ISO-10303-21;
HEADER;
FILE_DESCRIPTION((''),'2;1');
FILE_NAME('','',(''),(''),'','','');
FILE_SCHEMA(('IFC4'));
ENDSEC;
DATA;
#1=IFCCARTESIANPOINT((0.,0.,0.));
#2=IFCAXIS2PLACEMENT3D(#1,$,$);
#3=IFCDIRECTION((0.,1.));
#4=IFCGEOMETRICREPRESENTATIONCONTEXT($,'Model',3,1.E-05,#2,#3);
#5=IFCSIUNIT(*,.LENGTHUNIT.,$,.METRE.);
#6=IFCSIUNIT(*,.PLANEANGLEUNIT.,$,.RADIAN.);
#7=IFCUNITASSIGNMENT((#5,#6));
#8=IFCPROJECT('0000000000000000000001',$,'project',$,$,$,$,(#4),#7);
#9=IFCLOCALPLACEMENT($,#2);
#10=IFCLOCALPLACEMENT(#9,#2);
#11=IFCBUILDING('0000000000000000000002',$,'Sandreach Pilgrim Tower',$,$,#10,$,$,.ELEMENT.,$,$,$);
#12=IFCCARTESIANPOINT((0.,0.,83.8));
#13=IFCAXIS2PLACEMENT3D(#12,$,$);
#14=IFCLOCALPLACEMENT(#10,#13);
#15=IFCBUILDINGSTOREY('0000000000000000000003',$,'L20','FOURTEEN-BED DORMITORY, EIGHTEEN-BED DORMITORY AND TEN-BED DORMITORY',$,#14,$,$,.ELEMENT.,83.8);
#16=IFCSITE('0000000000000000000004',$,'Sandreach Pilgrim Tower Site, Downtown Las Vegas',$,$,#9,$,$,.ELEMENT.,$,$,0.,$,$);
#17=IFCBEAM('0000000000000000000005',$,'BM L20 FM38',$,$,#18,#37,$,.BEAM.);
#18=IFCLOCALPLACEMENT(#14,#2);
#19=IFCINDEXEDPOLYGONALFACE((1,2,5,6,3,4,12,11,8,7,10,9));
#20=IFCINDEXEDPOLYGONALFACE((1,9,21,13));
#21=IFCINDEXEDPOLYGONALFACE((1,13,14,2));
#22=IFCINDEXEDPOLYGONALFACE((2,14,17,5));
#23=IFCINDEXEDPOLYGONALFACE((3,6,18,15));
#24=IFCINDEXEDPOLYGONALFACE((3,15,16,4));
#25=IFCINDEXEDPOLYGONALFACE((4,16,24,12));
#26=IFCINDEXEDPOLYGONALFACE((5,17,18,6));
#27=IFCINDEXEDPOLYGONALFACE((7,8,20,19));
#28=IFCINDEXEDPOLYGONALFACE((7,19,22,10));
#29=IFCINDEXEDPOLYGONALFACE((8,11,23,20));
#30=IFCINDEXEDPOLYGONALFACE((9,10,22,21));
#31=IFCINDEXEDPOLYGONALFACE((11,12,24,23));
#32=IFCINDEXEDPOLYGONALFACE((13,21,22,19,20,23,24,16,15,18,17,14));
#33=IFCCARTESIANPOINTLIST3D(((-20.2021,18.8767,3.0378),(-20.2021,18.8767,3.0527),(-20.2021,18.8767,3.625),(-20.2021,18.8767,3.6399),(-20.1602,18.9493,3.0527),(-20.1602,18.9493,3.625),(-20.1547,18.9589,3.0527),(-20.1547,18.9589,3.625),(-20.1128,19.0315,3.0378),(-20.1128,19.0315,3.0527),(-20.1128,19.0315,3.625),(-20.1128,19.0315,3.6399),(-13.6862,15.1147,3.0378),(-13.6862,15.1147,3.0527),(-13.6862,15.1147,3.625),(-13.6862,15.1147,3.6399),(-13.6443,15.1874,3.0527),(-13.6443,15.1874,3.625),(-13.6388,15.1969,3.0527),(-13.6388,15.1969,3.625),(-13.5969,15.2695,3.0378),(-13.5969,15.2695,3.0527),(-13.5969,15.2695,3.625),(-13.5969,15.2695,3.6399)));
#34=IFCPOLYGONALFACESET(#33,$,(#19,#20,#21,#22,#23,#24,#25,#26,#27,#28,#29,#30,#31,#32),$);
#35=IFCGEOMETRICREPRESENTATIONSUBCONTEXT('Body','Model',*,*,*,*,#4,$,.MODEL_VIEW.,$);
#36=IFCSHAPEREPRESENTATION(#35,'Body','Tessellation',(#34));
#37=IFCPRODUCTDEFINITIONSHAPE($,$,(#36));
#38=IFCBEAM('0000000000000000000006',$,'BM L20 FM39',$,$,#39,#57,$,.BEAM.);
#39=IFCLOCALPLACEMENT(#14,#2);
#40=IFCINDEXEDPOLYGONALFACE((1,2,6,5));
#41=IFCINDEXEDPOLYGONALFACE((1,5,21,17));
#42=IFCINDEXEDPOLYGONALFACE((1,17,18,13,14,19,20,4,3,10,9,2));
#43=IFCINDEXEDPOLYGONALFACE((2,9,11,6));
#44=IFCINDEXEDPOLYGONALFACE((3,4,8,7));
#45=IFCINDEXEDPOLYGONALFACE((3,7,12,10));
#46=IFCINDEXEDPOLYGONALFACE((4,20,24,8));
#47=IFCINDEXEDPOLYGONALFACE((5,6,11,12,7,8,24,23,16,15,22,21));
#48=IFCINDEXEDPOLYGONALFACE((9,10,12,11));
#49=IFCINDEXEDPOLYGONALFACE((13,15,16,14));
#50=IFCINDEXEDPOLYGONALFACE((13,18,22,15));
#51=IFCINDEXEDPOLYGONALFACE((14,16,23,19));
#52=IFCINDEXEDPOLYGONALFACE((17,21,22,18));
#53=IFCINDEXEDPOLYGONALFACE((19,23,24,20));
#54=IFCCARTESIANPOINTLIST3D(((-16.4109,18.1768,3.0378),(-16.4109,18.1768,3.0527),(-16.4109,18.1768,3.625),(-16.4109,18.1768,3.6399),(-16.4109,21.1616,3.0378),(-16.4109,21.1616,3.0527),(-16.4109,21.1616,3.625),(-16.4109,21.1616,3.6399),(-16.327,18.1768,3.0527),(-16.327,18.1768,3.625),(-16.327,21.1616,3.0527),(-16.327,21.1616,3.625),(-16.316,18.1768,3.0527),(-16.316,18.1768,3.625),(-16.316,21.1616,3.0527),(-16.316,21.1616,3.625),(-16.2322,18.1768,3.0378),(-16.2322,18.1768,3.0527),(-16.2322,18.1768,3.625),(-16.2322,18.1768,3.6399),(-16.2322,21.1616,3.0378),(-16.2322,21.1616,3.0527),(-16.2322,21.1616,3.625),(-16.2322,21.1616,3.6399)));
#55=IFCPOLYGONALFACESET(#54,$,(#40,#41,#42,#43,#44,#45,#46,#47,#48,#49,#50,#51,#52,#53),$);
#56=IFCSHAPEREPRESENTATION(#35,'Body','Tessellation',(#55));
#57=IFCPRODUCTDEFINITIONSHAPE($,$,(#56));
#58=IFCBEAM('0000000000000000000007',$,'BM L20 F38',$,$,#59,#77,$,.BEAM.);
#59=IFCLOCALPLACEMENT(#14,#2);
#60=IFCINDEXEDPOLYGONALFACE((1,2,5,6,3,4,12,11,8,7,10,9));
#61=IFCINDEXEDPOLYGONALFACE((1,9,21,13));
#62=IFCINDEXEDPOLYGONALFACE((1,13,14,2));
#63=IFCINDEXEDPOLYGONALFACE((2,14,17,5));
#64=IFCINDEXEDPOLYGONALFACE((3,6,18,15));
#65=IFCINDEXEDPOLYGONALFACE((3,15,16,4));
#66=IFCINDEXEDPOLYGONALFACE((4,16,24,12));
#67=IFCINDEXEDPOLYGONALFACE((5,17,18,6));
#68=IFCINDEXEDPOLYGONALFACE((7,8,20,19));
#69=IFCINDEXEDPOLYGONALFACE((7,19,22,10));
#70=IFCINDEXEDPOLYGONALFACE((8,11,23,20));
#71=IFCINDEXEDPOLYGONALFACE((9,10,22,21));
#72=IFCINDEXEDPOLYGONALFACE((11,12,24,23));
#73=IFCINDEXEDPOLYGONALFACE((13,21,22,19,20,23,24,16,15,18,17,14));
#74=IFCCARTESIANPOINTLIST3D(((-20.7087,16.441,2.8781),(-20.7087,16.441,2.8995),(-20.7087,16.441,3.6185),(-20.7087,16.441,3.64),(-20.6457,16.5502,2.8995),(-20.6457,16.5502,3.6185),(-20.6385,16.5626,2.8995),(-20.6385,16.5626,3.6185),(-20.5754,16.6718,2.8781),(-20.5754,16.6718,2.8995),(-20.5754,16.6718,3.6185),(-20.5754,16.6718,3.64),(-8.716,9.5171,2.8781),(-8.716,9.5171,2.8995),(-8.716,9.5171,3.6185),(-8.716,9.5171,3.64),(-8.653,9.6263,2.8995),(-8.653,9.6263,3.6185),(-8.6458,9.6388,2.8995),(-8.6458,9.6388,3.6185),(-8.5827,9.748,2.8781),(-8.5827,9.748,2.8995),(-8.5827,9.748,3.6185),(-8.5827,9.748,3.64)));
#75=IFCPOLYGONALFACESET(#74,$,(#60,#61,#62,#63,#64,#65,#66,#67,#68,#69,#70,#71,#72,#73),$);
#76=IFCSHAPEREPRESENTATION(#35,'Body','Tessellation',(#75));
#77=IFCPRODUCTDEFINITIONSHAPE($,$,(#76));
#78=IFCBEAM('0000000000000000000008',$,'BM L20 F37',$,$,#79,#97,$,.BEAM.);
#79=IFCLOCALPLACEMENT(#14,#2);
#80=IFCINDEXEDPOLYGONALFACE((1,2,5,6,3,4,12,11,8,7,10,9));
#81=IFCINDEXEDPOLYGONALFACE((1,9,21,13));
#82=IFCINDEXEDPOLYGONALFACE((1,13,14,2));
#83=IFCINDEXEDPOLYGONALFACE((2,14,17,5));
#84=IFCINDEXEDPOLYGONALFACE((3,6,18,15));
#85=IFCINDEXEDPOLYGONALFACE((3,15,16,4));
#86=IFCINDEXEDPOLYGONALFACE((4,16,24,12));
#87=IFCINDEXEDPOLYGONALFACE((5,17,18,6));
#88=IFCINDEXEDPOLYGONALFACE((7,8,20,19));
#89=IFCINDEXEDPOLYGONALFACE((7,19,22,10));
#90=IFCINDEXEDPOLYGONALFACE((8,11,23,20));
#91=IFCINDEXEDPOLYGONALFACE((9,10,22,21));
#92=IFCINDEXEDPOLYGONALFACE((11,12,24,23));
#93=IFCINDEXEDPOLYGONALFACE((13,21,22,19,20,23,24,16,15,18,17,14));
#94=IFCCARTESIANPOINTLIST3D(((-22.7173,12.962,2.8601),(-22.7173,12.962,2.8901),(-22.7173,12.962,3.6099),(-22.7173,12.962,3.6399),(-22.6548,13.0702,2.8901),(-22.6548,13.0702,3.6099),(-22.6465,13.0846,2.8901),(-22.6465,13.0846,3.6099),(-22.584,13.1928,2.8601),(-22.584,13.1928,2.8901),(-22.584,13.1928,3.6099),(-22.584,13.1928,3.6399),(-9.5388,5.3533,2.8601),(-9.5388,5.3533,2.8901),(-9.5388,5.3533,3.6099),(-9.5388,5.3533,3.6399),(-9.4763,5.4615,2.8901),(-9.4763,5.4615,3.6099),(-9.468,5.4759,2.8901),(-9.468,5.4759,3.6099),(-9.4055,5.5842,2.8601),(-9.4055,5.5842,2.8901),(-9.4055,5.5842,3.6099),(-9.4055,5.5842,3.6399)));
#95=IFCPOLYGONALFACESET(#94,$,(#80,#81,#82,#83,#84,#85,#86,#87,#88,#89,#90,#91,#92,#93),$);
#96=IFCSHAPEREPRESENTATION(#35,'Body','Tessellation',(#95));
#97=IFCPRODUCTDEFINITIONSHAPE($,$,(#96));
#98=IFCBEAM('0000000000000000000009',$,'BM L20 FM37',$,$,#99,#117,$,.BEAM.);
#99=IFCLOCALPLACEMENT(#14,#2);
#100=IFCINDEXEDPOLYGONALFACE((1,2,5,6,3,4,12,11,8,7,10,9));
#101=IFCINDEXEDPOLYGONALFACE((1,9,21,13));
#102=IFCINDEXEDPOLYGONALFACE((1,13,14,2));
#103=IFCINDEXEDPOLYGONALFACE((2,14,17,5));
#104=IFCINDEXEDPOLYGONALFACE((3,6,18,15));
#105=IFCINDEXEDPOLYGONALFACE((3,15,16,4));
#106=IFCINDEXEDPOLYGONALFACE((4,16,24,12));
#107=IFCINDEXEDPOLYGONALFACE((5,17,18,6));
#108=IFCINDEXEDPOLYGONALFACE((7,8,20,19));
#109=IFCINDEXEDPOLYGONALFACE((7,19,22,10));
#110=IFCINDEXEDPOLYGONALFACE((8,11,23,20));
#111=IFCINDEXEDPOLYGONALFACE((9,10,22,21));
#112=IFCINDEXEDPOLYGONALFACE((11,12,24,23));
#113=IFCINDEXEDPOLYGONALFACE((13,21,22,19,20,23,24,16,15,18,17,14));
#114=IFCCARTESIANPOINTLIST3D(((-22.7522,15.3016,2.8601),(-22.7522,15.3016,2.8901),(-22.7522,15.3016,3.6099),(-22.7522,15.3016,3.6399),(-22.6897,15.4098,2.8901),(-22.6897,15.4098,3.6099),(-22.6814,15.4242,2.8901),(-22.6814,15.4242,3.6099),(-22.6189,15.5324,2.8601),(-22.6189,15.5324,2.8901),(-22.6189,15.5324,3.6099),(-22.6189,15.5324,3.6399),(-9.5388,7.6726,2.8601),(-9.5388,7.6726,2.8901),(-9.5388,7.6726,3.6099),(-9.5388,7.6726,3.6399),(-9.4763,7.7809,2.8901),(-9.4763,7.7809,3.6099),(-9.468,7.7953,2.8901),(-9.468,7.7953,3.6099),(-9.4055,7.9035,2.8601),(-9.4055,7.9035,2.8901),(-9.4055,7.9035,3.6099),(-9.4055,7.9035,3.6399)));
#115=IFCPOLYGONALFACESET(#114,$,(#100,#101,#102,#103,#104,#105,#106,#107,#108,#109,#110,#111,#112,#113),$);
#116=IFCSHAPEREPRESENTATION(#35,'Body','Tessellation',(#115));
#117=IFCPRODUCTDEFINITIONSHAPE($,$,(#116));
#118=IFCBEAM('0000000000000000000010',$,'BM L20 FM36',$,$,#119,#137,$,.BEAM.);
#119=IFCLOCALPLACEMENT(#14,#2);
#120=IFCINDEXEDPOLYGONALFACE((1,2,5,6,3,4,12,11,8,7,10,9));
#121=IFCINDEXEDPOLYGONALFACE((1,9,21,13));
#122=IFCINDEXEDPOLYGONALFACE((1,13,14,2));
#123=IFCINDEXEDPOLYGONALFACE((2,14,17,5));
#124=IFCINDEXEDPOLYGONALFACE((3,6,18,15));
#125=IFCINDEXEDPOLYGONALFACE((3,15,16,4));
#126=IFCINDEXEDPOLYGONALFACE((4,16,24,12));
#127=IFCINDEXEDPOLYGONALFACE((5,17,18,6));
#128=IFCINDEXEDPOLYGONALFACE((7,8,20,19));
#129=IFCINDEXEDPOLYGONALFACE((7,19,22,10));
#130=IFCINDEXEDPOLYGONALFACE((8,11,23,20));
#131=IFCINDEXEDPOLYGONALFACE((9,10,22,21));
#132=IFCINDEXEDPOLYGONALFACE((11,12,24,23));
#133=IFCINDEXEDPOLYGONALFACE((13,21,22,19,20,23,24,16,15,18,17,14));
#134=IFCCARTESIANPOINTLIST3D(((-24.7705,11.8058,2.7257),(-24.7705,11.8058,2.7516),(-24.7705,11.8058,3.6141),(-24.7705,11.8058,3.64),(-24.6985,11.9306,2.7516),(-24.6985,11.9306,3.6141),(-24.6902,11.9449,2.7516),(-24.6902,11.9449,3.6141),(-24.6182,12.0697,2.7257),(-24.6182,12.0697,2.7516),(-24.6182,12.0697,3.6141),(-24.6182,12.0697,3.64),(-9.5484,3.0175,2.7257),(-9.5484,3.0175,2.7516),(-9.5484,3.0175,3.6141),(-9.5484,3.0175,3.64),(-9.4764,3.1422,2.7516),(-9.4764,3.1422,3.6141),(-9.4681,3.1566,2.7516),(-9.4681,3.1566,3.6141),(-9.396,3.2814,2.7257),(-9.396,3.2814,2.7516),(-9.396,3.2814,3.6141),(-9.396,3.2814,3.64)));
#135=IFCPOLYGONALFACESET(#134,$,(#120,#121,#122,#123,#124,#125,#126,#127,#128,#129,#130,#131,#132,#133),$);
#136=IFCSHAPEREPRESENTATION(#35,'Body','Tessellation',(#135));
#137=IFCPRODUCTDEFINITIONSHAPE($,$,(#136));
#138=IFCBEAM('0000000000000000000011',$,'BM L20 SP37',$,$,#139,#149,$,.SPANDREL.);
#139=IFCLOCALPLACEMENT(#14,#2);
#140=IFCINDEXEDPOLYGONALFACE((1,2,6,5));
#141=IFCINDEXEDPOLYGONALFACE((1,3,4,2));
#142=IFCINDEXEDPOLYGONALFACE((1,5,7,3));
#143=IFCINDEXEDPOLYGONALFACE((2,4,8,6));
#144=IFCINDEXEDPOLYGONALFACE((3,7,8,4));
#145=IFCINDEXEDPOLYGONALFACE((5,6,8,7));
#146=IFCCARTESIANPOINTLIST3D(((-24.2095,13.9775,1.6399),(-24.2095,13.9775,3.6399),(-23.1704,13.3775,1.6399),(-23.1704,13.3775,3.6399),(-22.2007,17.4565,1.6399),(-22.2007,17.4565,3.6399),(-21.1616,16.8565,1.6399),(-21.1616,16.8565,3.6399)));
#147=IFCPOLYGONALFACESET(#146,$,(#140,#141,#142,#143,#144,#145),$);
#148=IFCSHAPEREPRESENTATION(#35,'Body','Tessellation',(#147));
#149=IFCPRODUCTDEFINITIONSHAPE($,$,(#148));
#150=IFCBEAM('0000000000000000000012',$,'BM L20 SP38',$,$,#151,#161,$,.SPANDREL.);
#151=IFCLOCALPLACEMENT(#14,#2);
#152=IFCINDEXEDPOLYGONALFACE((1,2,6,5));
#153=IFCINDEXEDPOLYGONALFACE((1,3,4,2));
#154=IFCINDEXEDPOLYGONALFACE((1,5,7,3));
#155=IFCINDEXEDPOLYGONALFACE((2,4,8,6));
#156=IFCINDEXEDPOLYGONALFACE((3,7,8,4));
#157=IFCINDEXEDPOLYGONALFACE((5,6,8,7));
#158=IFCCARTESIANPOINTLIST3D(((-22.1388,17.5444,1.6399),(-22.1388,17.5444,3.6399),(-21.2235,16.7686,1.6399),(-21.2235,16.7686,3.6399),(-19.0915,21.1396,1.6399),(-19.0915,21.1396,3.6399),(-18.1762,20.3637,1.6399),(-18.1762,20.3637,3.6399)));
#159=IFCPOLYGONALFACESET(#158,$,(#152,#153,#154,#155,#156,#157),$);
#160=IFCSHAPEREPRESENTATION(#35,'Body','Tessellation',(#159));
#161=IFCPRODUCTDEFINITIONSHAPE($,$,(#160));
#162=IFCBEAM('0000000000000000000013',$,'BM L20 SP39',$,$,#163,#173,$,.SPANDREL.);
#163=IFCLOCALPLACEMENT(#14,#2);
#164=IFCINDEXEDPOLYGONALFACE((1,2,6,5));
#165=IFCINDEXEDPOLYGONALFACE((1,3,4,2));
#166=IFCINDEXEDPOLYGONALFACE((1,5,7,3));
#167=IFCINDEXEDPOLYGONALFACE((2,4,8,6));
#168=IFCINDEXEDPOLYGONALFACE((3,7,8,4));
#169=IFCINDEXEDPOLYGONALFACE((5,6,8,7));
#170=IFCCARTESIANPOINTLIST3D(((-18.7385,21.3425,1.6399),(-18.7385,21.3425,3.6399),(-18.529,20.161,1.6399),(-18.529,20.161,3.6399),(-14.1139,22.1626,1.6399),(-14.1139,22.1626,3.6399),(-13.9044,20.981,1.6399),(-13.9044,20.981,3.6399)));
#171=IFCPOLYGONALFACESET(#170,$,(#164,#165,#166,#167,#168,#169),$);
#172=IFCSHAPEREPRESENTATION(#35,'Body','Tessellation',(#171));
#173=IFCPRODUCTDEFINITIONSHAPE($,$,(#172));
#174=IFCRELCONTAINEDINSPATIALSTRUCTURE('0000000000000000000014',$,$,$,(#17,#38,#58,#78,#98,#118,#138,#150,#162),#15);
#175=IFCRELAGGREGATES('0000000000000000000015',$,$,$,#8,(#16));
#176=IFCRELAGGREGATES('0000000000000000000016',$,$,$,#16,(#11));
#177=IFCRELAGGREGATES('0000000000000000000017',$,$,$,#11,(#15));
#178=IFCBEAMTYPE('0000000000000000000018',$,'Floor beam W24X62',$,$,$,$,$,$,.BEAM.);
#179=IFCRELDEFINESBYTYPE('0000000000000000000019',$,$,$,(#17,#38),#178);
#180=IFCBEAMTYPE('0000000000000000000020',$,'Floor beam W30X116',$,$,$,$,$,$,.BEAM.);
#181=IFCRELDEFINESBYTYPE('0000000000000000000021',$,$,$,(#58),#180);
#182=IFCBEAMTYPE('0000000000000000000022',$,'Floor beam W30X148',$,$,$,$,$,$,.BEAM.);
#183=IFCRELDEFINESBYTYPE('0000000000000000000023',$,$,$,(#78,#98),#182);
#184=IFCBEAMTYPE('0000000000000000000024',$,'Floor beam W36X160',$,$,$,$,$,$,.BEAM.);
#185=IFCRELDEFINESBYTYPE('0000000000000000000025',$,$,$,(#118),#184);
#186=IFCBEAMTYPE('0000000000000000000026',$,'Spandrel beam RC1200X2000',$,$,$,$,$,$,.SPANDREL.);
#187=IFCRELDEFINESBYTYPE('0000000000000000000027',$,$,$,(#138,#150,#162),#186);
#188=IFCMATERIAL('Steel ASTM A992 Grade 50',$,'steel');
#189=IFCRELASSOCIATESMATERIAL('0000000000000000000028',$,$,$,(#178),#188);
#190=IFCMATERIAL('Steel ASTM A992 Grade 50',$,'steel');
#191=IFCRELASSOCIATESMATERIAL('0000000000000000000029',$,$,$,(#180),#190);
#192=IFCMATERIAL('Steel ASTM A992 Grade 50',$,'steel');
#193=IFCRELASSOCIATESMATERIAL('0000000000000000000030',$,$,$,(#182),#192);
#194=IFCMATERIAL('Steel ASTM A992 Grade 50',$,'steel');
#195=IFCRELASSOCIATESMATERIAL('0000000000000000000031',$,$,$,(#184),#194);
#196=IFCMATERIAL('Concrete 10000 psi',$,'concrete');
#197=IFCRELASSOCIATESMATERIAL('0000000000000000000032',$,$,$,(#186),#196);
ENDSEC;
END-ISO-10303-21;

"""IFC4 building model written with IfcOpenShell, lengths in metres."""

from ifc_helpers import new_model, si_unit, direction, frame, origin, origin_2d, place, context, subcontext, project, spatial, rectangle, i_section, extrude, material, material_profile, profile_set, type_object, element, save


model = new_model("IFC4")

# Units and contexts
model_context = context("Model", 3, precision=1e-05, world=origin(), true_north=direction((0.0, 1.0)))
body_context = subcontext(model_context, "Body", "Model", "MODEL_VIEW")
ifc_project = project(units=[si_unit("LENGTHUNIT", "METRE"), si_unit("PLANEANGLEUNIT", "RADIAN")], contexts=[model_context])

# Site, building, storey
site_placement = place(None, origin())
site = spatial("IfcSite", under=ifc_project, at=site_placement, Name="Sandreach Pilgrim Tower Site, Downtown Las Vegas", CompositionType="ELEMENT", RefElevation=0.0)
building_placement = place(site_placement, origin())
building = spatial("IfcBuilding", under=site, at=building_placement, Name="Sandreach Pilgrim Tower", CompositionType="ELEMENT")
storey_placement = place(building_placement, frame((0.0, 0.0, 83.8)))
storey = spatial("IfcBuildingStorey", under=building, at=storey_placement, Name="L20", Description="FOURTEEN-BED DORMITORY, EIGHTEEN-BED DORMITORY AND TEN-BED DORMITORY", CompositionType="ELEMENT", Elevation=83.8)

# Beams
ifc_material_1 = material(Name="Steel ASTM A992 Grade 50", Category="steel")
ifc_material_profile_1 = material_profile(ifc_material_1, i_section(OverallWidth=0.1787, OverallDepth=0.6021, WebThickness=0.011, FlangeThickness=0.0149, at=origin_2d()), Name="W24X62")
ifc_profile_set_1 = profile_set([ifc_material_profile_1], Name="Steel ASTM A992 Grade 50")
beam_type_1 = type_object("IfcBeamType", Name="Floor beam W24X62", PredefinedType="BEAM", material=ifc_profile_set_1)
beam_1_placement = place(storey_placement, frame((-20.1575, 18.9541, 3.3389), z_axis=(0.866024, -0.500002, 0.0), x_axis=(0.500002, 0.866024, 0.0)))
element("IfcBeam", 1, at=beam_1_placement, inside=storey, type_object=beam_type_1, Name="BM L20 FM38", PredefinedType="BEAM", context=body_context, shape_type="SweptSolid", body=[
    extrude(i_section(OverallWidth=0.1787, OverallDepth=0.6021, WebThickness=0.011, FlangeThickness=0.0149, at=origin_2d()), origin(), (0.0, 0.0, 1.0), 7.5239),
])
beam_2_placement = place(storey_placement, frame((-16.3215, 21.1616, 3.3389), z_axis=(0.0, -1.0, 0.0), x_axis=(1.0, 0.0, 0.0)))
element("IfcBeam", 2, at=beam_2_placement, inside=storey, type_object=beam_type_1, Name="BM L20 FM39", PredefinedType="BEAM", context=body_context, shape_type="SweptSolid", body=[
    extrude(i_section(OverallWidth=0.1787, OverallDepth=0.6021, WebThickness=0.011, FlangeThickness=0.0149, at=origin_2d()), origin(), (0.0, 0.0, 1.0), 2.9849),
])
ifc_material_2 = material(Name="Steel ASTM A992 Grade 50", Category="steel")
ifc_material_profile_2 = material_profile(ifc_material_2, i_section(OverallWidth=0.2666, OverallDepth=0.762, WebThickness=0.0144, FlangeThickness=0.0215, at=origin_2d()), Name="W30X116")
ifc_profile_set_2 = profile_set([ifc_material_profile_2], Name="Steel ASTM A992 Grade 50")
beam_type_2 = type_object("IfcBeamType", Name="Floor beam W30X116", PredefinedType="BEAM", material=ifc_profile_set_2)
beam_3_placement = place(storey_placement, frame((-20.6421, 16.5564, 3.259), z_axis=(0.86603, -0.499992, 0.0), x_axis=(0.499992, 0.86603, 0.0)))
element("IfcBeam", 3, at=beam_3_placement, inside=storey, type_object=beam_type_2, Name="BM L20 F38", PredefinedType="BEAM", context=body_context, shape_type="SweptSolid", body=[
    extrude(i_section(OverallWidth=0.2666, OverallDepth=0.762, WebThickness=0.0144, FlangeThickness=0.0215, at=origin_2d()), origin(), (0.0, 0.0, 1.0), 13.8479),
])
ifc_material_3 = material(Name="Steel ASTM A992 Grade 50", Category="steel")
ifc_material_profile_3 = material_profile(ifc_material_3, i_section(OverallWidth=0.2666, OverallDepth=0.7798, WebThickness=0.0166, FlangeThickness=0.03, at=origin_2d()), Name="W30X148")
ifc_profile_set_3 = profile_set([ifc_material_profile_3], Name="Steel ASTM A992 Grade 50")
beam_type_3 = type_object("IfcBeamType", Name="Floor beam W30X148", PredefinedType="BEAM", material=ifc_profile_set_3)
beam_4_placement = place(storey_placement, frame((-22.6506, 13.0774, 3.25), z_axis=(0.866024, -0.500003, 0.0), x_axis=(0.500003, 0.866024, 0.0)))
element("IfcBeam", 4, at=beam_4_placement, inside=storey, type_object=beam_type_3, Name="BM L20 F37", PredefinedType="BEAM", context=body_context, shape_type="SweptSolid", body=[
    extrude(i_section(OverallWidth=0.2666, OverallDepth=0.7798, WebThickness=0.0166, FlangeThickness=0.03, at=origin_2d()), origin(), (0.0, 0.0, 1.0), 15.2173),
])
beam_5_placement = place(storey_placement, frame((-22.6855, 15.417, 3.25), z_axis=(0.866021, -0.500008, 0.0), x_axis=(0.500008, 0.866021, 0.0)))
element("IfcBeam", 5, at=beam_5_placement, inside=storey, type_object=beam_type_3, Name="BM L20 FM37", PredefinedType="BEAM", context=body_context, shape_type="SweptSolid", body=[
    extrude(i_section(OverallWidth=0.2666, OverallDepth=0.7798, WebThickness=0.0166, FlangeThickness=0.03, at=origin_2d()), origin(), (0.0, 0.0, 1.0), 15.2576),
])
ifc_material_4 = material(Name="Steel ASTM A992 Grade 50", Category="steel")
ifc_material_profile_4 = material_profile(ifc_material_4, i_section(OverallWidth=0.3047, OverallDepth=0.9143, WebThickness=0.0166, FlangeThickness=0.0259, at=origin_2d()), Name="W36X160")
ifc_profile_set_4 = profile_set([ifc_material_profile_4], Name="Steel ASTM A992 Grade 50")
beam_type_4 = type_object("IfcBeamType", Name="Floor beam W36X160", PredefinedType="BEAM", material=ifc_profile_set_4)
beam_6_placement = place(storey_placement, frame((-24.6943, 11.9377, 3.1829), z_axis=(0.86603, -0.499992, 0.0), x_axis=(0.499992, 0.86603, 0.0)))
element("IfcBeam", 6, at=beam_6_placement, inside=storey, type_object=beam_type_4, Name="BM L20 FM36", PredefinedType="BEAM", context=body_context, shape_type="SweptSolid", body=[
    extrude(i_section(OverallWidth=0.3047, OverallDepth=0.9143, WebThickness=0.0166, FlangeThickness=0.0259, at=origin_2d()), origin(), (0.0, 0.0, 1.0), 17.5769),
])
ifc_material_5 = material(Name="Concrete 10000 psi", Category="concrete")
ifc_material_profile_5 = material_profile(ifc_material_5, rectangle(XDim=1.2, YDim=2.0, at=origin_2d()), Name="RC1200X2000")
ifc_profile_set_5 = profile_set([ifc_material_profile_5], Name="Concrete 10000 psi")
beam_type_5 = type_object("IfcBeamType", Name="Spandrel beam RC1200X2000", PredefinedType="SPANDREL", material=ifc_profile_set_5)
beam_7_placement = place(storey_placement, frame((-23.6899, 13.6775, 2.6399), z_axis=(0.500035, 0.866005, 0.0), x_axis=(-0.866005, 0.500035, 0.0)))
element("IfcBeam", 7, at=beam_7_placement, inside=storey, type_object=beam_type_5, Name="BM L20 SP37", PredefinedType="SPANDREL", context=body_context, shape_type="SweptSolid", body=[
    extrude(rectangle(XDim=1.2, YDim=2.0, at=origin_2d()), origin(), (0.0, 0.0, 1.0), 4.0173),
])
beam_8_placement = place(storey_placement, frame((-21.6812, 17.1565, 2.6399), z_axis=(0.646592, 0.762836, 0.0), x_axis=(-0.762836, 0.646592, 0.0)))
element("IfcBeam", 8, at=beam_8_placement, inside=storey, type_object=beam_type_5, Name="BM L20 SP38", PredefinedType="SPANDREL", context=body_context, shape_type="SweptSolid", body=[
    extrude(rectangle(XDim=1.2, YDim=2.0, at=origin_2d()), origin(), (0.0, 0.0, 1.0), 4.7129),
])
beam_9_placement = place(storey_placement, frame((-18.6338, 20.7517, 2.6399), z_axis=(0.984638, 0.174607, 0.0), x_axis=(-0.174607, 0.984638, 0.0)))
element("IfcBeam", 9, at=beam_9_placement, inside=storey, type_object=beam_type_5, Name="BM L20 SP39", PredefinedType="SPANDREL", context=body_context, shape_type="SweptSolid", body=[
    extrude(rectangle(XDim=1.2, YDim=2.0, at=origin_2d()), origin(), (0.0, 0.0, 1.0), 4.6968),
])

save(model, "model.ifc")
